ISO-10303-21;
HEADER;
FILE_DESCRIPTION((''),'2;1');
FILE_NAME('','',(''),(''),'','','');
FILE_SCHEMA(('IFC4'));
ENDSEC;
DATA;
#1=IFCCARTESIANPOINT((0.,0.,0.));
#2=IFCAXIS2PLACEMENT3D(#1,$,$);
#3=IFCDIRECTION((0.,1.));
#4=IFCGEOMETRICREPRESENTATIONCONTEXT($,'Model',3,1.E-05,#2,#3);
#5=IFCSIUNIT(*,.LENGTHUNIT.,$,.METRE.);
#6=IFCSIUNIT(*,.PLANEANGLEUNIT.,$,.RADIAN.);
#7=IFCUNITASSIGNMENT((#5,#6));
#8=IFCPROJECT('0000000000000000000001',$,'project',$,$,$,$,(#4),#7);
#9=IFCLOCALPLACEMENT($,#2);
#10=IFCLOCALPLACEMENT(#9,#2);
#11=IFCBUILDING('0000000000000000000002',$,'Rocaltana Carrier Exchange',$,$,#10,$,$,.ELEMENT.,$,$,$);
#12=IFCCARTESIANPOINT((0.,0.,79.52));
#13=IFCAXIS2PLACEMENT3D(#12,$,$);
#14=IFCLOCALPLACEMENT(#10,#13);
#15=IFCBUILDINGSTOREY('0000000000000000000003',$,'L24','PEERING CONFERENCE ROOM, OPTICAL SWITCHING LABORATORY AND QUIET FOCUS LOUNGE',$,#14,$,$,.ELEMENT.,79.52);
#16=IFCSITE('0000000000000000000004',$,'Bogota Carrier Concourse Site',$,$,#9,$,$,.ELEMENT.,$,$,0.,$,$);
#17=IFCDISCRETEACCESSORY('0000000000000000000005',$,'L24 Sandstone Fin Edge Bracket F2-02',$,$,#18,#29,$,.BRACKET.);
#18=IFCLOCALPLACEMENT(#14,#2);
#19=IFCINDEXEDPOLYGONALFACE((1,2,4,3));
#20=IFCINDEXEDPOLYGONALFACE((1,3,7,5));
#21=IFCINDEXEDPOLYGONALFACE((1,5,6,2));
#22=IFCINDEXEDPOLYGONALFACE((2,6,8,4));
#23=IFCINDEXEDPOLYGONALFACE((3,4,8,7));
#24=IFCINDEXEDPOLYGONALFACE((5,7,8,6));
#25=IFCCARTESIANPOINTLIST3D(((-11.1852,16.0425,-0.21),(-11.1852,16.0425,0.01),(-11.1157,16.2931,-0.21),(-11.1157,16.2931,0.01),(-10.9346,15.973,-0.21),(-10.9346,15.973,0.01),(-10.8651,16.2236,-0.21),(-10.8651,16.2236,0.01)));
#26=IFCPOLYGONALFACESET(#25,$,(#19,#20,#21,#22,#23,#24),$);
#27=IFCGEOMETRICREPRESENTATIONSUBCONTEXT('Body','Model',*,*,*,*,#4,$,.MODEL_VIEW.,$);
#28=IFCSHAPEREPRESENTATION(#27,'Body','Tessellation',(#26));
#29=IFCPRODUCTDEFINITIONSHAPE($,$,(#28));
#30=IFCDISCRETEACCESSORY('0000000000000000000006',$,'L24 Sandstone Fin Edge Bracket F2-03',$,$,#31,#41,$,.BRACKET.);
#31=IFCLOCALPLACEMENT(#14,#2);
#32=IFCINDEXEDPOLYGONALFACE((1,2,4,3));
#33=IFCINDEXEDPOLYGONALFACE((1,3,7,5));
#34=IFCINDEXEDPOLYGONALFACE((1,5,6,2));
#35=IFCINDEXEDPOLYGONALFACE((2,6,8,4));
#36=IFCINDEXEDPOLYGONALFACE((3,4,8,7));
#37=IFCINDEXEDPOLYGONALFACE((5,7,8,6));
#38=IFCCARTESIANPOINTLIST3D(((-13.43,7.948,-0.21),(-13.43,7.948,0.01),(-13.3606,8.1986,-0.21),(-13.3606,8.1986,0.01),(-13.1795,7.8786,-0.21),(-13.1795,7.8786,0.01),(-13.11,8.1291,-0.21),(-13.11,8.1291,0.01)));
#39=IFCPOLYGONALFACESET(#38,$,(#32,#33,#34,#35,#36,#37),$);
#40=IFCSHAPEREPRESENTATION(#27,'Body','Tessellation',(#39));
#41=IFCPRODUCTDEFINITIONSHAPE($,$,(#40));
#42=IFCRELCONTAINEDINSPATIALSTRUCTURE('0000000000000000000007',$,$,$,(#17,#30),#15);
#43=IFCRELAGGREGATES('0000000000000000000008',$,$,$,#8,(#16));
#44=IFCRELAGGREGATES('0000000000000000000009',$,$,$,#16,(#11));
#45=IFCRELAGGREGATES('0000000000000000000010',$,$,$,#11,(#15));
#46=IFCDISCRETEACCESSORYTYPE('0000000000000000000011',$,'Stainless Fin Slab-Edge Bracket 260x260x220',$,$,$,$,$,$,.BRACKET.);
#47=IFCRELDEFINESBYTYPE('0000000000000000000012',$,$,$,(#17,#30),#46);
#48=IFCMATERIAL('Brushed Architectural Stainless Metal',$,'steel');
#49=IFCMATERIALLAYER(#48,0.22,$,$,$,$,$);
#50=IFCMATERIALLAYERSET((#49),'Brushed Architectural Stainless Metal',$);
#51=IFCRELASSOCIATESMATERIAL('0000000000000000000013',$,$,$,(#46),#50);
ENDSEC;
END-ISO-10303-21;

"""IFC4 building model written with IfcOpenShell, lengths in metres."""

from ifc_helpers import new_model, si_unit, direction, frame, origin, origin_2d, place, context, subcontext, project, spatial, rectangle, extrude, material, layer, layer_set, type_object, element, save


model = new_model("IFC4")

# Units and contexts
model_context = context("Model", 3, precision=1e-05, world=origin(), true_north=direction((0.0, 1.0)))
body_context = subcontext(model_context, "Body", "Model", "MODEL_VIEW")
ifc_project = project(units=[si_unit("LENGTHUNIT", "METRE"), si_unit("PLANEANGLEUNIT", "RADIAN")], contexts=[model_context])

# Site, building, storey
site_placement = place(None, origin())
site = spatial("IfcSite", under=ifc_project, at=site_placement, Name="Bogota Carrier Concourse Site", CompositionType="ELEMENT", RefElevation=0.0)
building_placement = place(site_placement, origin())
building = spatial("IfcBuilding", under=site, at=building_placement, Name="Rocaltana Carrier Exchange", CompositionType="ELEMENT")
storey_placement = place(building_placement, frame((0.0, 0.0, 79.52)))
storey = spatial("IfcBuildingStorey", under=building, at=storey_placement, Name="L24", Description="PEERING CONFERENCE ROOM, OPTICAL SWITCHING LABORATORY AND QUIET FOCUS LOUNGE", CompositionType="ELEMENT", Elevation=79.52)

# Discrete accessories
ifc_material_1 = material(Name="Brushed Architectural Stainless Metal", Category="steel")
ifc_layer_1 = layer(ifc_material_1, 0.22)
ifc_layer_set_1 = layer_set([ifc_layer_1], Name="Brushed Architectural Stainless Metal")
discrete_accessory_type = type_object("IfcDiscreteAccessoryType", Name="Stainless Fin Slab-Edge Bracket 260x260x220", PredefinedType="BRACKET", material=ifc_layer_set_1)
for number, where, z_axis, x_axis, name in (
    (1, (-11.0251, 16.1331, -0.21), (0.0, 0.0, 1.0), (-0.267238, -0.96363, 0.0), "L24 Sandstone Fin Edge Bracket F2-02"),
    (2, (-13.27, 8.0386, -0.21), (0.0, 0.0, 1.0), (-0.267238, -0.96363, 0.0), "L24 Sandstone Fin Edge Bracket F2-03"),
):
    element("IfcDiscreteAccessory", number, at=place(storey_placement, frame(where, z_axis=z_axis, x_axis=x_axis)), inside=storey, type_object=discrete_accessory_type, Name=name, PredefinedType="BRACKET", context=body_context, shape_type="SweptSolid", body=[
        extrude(rectangle(XDim=0.26, YDim=0.26, at=origin_2d()), origin(), (0.0, 0.0, 1.0), 0.22),
    ])

save(model, "model.ifc")
